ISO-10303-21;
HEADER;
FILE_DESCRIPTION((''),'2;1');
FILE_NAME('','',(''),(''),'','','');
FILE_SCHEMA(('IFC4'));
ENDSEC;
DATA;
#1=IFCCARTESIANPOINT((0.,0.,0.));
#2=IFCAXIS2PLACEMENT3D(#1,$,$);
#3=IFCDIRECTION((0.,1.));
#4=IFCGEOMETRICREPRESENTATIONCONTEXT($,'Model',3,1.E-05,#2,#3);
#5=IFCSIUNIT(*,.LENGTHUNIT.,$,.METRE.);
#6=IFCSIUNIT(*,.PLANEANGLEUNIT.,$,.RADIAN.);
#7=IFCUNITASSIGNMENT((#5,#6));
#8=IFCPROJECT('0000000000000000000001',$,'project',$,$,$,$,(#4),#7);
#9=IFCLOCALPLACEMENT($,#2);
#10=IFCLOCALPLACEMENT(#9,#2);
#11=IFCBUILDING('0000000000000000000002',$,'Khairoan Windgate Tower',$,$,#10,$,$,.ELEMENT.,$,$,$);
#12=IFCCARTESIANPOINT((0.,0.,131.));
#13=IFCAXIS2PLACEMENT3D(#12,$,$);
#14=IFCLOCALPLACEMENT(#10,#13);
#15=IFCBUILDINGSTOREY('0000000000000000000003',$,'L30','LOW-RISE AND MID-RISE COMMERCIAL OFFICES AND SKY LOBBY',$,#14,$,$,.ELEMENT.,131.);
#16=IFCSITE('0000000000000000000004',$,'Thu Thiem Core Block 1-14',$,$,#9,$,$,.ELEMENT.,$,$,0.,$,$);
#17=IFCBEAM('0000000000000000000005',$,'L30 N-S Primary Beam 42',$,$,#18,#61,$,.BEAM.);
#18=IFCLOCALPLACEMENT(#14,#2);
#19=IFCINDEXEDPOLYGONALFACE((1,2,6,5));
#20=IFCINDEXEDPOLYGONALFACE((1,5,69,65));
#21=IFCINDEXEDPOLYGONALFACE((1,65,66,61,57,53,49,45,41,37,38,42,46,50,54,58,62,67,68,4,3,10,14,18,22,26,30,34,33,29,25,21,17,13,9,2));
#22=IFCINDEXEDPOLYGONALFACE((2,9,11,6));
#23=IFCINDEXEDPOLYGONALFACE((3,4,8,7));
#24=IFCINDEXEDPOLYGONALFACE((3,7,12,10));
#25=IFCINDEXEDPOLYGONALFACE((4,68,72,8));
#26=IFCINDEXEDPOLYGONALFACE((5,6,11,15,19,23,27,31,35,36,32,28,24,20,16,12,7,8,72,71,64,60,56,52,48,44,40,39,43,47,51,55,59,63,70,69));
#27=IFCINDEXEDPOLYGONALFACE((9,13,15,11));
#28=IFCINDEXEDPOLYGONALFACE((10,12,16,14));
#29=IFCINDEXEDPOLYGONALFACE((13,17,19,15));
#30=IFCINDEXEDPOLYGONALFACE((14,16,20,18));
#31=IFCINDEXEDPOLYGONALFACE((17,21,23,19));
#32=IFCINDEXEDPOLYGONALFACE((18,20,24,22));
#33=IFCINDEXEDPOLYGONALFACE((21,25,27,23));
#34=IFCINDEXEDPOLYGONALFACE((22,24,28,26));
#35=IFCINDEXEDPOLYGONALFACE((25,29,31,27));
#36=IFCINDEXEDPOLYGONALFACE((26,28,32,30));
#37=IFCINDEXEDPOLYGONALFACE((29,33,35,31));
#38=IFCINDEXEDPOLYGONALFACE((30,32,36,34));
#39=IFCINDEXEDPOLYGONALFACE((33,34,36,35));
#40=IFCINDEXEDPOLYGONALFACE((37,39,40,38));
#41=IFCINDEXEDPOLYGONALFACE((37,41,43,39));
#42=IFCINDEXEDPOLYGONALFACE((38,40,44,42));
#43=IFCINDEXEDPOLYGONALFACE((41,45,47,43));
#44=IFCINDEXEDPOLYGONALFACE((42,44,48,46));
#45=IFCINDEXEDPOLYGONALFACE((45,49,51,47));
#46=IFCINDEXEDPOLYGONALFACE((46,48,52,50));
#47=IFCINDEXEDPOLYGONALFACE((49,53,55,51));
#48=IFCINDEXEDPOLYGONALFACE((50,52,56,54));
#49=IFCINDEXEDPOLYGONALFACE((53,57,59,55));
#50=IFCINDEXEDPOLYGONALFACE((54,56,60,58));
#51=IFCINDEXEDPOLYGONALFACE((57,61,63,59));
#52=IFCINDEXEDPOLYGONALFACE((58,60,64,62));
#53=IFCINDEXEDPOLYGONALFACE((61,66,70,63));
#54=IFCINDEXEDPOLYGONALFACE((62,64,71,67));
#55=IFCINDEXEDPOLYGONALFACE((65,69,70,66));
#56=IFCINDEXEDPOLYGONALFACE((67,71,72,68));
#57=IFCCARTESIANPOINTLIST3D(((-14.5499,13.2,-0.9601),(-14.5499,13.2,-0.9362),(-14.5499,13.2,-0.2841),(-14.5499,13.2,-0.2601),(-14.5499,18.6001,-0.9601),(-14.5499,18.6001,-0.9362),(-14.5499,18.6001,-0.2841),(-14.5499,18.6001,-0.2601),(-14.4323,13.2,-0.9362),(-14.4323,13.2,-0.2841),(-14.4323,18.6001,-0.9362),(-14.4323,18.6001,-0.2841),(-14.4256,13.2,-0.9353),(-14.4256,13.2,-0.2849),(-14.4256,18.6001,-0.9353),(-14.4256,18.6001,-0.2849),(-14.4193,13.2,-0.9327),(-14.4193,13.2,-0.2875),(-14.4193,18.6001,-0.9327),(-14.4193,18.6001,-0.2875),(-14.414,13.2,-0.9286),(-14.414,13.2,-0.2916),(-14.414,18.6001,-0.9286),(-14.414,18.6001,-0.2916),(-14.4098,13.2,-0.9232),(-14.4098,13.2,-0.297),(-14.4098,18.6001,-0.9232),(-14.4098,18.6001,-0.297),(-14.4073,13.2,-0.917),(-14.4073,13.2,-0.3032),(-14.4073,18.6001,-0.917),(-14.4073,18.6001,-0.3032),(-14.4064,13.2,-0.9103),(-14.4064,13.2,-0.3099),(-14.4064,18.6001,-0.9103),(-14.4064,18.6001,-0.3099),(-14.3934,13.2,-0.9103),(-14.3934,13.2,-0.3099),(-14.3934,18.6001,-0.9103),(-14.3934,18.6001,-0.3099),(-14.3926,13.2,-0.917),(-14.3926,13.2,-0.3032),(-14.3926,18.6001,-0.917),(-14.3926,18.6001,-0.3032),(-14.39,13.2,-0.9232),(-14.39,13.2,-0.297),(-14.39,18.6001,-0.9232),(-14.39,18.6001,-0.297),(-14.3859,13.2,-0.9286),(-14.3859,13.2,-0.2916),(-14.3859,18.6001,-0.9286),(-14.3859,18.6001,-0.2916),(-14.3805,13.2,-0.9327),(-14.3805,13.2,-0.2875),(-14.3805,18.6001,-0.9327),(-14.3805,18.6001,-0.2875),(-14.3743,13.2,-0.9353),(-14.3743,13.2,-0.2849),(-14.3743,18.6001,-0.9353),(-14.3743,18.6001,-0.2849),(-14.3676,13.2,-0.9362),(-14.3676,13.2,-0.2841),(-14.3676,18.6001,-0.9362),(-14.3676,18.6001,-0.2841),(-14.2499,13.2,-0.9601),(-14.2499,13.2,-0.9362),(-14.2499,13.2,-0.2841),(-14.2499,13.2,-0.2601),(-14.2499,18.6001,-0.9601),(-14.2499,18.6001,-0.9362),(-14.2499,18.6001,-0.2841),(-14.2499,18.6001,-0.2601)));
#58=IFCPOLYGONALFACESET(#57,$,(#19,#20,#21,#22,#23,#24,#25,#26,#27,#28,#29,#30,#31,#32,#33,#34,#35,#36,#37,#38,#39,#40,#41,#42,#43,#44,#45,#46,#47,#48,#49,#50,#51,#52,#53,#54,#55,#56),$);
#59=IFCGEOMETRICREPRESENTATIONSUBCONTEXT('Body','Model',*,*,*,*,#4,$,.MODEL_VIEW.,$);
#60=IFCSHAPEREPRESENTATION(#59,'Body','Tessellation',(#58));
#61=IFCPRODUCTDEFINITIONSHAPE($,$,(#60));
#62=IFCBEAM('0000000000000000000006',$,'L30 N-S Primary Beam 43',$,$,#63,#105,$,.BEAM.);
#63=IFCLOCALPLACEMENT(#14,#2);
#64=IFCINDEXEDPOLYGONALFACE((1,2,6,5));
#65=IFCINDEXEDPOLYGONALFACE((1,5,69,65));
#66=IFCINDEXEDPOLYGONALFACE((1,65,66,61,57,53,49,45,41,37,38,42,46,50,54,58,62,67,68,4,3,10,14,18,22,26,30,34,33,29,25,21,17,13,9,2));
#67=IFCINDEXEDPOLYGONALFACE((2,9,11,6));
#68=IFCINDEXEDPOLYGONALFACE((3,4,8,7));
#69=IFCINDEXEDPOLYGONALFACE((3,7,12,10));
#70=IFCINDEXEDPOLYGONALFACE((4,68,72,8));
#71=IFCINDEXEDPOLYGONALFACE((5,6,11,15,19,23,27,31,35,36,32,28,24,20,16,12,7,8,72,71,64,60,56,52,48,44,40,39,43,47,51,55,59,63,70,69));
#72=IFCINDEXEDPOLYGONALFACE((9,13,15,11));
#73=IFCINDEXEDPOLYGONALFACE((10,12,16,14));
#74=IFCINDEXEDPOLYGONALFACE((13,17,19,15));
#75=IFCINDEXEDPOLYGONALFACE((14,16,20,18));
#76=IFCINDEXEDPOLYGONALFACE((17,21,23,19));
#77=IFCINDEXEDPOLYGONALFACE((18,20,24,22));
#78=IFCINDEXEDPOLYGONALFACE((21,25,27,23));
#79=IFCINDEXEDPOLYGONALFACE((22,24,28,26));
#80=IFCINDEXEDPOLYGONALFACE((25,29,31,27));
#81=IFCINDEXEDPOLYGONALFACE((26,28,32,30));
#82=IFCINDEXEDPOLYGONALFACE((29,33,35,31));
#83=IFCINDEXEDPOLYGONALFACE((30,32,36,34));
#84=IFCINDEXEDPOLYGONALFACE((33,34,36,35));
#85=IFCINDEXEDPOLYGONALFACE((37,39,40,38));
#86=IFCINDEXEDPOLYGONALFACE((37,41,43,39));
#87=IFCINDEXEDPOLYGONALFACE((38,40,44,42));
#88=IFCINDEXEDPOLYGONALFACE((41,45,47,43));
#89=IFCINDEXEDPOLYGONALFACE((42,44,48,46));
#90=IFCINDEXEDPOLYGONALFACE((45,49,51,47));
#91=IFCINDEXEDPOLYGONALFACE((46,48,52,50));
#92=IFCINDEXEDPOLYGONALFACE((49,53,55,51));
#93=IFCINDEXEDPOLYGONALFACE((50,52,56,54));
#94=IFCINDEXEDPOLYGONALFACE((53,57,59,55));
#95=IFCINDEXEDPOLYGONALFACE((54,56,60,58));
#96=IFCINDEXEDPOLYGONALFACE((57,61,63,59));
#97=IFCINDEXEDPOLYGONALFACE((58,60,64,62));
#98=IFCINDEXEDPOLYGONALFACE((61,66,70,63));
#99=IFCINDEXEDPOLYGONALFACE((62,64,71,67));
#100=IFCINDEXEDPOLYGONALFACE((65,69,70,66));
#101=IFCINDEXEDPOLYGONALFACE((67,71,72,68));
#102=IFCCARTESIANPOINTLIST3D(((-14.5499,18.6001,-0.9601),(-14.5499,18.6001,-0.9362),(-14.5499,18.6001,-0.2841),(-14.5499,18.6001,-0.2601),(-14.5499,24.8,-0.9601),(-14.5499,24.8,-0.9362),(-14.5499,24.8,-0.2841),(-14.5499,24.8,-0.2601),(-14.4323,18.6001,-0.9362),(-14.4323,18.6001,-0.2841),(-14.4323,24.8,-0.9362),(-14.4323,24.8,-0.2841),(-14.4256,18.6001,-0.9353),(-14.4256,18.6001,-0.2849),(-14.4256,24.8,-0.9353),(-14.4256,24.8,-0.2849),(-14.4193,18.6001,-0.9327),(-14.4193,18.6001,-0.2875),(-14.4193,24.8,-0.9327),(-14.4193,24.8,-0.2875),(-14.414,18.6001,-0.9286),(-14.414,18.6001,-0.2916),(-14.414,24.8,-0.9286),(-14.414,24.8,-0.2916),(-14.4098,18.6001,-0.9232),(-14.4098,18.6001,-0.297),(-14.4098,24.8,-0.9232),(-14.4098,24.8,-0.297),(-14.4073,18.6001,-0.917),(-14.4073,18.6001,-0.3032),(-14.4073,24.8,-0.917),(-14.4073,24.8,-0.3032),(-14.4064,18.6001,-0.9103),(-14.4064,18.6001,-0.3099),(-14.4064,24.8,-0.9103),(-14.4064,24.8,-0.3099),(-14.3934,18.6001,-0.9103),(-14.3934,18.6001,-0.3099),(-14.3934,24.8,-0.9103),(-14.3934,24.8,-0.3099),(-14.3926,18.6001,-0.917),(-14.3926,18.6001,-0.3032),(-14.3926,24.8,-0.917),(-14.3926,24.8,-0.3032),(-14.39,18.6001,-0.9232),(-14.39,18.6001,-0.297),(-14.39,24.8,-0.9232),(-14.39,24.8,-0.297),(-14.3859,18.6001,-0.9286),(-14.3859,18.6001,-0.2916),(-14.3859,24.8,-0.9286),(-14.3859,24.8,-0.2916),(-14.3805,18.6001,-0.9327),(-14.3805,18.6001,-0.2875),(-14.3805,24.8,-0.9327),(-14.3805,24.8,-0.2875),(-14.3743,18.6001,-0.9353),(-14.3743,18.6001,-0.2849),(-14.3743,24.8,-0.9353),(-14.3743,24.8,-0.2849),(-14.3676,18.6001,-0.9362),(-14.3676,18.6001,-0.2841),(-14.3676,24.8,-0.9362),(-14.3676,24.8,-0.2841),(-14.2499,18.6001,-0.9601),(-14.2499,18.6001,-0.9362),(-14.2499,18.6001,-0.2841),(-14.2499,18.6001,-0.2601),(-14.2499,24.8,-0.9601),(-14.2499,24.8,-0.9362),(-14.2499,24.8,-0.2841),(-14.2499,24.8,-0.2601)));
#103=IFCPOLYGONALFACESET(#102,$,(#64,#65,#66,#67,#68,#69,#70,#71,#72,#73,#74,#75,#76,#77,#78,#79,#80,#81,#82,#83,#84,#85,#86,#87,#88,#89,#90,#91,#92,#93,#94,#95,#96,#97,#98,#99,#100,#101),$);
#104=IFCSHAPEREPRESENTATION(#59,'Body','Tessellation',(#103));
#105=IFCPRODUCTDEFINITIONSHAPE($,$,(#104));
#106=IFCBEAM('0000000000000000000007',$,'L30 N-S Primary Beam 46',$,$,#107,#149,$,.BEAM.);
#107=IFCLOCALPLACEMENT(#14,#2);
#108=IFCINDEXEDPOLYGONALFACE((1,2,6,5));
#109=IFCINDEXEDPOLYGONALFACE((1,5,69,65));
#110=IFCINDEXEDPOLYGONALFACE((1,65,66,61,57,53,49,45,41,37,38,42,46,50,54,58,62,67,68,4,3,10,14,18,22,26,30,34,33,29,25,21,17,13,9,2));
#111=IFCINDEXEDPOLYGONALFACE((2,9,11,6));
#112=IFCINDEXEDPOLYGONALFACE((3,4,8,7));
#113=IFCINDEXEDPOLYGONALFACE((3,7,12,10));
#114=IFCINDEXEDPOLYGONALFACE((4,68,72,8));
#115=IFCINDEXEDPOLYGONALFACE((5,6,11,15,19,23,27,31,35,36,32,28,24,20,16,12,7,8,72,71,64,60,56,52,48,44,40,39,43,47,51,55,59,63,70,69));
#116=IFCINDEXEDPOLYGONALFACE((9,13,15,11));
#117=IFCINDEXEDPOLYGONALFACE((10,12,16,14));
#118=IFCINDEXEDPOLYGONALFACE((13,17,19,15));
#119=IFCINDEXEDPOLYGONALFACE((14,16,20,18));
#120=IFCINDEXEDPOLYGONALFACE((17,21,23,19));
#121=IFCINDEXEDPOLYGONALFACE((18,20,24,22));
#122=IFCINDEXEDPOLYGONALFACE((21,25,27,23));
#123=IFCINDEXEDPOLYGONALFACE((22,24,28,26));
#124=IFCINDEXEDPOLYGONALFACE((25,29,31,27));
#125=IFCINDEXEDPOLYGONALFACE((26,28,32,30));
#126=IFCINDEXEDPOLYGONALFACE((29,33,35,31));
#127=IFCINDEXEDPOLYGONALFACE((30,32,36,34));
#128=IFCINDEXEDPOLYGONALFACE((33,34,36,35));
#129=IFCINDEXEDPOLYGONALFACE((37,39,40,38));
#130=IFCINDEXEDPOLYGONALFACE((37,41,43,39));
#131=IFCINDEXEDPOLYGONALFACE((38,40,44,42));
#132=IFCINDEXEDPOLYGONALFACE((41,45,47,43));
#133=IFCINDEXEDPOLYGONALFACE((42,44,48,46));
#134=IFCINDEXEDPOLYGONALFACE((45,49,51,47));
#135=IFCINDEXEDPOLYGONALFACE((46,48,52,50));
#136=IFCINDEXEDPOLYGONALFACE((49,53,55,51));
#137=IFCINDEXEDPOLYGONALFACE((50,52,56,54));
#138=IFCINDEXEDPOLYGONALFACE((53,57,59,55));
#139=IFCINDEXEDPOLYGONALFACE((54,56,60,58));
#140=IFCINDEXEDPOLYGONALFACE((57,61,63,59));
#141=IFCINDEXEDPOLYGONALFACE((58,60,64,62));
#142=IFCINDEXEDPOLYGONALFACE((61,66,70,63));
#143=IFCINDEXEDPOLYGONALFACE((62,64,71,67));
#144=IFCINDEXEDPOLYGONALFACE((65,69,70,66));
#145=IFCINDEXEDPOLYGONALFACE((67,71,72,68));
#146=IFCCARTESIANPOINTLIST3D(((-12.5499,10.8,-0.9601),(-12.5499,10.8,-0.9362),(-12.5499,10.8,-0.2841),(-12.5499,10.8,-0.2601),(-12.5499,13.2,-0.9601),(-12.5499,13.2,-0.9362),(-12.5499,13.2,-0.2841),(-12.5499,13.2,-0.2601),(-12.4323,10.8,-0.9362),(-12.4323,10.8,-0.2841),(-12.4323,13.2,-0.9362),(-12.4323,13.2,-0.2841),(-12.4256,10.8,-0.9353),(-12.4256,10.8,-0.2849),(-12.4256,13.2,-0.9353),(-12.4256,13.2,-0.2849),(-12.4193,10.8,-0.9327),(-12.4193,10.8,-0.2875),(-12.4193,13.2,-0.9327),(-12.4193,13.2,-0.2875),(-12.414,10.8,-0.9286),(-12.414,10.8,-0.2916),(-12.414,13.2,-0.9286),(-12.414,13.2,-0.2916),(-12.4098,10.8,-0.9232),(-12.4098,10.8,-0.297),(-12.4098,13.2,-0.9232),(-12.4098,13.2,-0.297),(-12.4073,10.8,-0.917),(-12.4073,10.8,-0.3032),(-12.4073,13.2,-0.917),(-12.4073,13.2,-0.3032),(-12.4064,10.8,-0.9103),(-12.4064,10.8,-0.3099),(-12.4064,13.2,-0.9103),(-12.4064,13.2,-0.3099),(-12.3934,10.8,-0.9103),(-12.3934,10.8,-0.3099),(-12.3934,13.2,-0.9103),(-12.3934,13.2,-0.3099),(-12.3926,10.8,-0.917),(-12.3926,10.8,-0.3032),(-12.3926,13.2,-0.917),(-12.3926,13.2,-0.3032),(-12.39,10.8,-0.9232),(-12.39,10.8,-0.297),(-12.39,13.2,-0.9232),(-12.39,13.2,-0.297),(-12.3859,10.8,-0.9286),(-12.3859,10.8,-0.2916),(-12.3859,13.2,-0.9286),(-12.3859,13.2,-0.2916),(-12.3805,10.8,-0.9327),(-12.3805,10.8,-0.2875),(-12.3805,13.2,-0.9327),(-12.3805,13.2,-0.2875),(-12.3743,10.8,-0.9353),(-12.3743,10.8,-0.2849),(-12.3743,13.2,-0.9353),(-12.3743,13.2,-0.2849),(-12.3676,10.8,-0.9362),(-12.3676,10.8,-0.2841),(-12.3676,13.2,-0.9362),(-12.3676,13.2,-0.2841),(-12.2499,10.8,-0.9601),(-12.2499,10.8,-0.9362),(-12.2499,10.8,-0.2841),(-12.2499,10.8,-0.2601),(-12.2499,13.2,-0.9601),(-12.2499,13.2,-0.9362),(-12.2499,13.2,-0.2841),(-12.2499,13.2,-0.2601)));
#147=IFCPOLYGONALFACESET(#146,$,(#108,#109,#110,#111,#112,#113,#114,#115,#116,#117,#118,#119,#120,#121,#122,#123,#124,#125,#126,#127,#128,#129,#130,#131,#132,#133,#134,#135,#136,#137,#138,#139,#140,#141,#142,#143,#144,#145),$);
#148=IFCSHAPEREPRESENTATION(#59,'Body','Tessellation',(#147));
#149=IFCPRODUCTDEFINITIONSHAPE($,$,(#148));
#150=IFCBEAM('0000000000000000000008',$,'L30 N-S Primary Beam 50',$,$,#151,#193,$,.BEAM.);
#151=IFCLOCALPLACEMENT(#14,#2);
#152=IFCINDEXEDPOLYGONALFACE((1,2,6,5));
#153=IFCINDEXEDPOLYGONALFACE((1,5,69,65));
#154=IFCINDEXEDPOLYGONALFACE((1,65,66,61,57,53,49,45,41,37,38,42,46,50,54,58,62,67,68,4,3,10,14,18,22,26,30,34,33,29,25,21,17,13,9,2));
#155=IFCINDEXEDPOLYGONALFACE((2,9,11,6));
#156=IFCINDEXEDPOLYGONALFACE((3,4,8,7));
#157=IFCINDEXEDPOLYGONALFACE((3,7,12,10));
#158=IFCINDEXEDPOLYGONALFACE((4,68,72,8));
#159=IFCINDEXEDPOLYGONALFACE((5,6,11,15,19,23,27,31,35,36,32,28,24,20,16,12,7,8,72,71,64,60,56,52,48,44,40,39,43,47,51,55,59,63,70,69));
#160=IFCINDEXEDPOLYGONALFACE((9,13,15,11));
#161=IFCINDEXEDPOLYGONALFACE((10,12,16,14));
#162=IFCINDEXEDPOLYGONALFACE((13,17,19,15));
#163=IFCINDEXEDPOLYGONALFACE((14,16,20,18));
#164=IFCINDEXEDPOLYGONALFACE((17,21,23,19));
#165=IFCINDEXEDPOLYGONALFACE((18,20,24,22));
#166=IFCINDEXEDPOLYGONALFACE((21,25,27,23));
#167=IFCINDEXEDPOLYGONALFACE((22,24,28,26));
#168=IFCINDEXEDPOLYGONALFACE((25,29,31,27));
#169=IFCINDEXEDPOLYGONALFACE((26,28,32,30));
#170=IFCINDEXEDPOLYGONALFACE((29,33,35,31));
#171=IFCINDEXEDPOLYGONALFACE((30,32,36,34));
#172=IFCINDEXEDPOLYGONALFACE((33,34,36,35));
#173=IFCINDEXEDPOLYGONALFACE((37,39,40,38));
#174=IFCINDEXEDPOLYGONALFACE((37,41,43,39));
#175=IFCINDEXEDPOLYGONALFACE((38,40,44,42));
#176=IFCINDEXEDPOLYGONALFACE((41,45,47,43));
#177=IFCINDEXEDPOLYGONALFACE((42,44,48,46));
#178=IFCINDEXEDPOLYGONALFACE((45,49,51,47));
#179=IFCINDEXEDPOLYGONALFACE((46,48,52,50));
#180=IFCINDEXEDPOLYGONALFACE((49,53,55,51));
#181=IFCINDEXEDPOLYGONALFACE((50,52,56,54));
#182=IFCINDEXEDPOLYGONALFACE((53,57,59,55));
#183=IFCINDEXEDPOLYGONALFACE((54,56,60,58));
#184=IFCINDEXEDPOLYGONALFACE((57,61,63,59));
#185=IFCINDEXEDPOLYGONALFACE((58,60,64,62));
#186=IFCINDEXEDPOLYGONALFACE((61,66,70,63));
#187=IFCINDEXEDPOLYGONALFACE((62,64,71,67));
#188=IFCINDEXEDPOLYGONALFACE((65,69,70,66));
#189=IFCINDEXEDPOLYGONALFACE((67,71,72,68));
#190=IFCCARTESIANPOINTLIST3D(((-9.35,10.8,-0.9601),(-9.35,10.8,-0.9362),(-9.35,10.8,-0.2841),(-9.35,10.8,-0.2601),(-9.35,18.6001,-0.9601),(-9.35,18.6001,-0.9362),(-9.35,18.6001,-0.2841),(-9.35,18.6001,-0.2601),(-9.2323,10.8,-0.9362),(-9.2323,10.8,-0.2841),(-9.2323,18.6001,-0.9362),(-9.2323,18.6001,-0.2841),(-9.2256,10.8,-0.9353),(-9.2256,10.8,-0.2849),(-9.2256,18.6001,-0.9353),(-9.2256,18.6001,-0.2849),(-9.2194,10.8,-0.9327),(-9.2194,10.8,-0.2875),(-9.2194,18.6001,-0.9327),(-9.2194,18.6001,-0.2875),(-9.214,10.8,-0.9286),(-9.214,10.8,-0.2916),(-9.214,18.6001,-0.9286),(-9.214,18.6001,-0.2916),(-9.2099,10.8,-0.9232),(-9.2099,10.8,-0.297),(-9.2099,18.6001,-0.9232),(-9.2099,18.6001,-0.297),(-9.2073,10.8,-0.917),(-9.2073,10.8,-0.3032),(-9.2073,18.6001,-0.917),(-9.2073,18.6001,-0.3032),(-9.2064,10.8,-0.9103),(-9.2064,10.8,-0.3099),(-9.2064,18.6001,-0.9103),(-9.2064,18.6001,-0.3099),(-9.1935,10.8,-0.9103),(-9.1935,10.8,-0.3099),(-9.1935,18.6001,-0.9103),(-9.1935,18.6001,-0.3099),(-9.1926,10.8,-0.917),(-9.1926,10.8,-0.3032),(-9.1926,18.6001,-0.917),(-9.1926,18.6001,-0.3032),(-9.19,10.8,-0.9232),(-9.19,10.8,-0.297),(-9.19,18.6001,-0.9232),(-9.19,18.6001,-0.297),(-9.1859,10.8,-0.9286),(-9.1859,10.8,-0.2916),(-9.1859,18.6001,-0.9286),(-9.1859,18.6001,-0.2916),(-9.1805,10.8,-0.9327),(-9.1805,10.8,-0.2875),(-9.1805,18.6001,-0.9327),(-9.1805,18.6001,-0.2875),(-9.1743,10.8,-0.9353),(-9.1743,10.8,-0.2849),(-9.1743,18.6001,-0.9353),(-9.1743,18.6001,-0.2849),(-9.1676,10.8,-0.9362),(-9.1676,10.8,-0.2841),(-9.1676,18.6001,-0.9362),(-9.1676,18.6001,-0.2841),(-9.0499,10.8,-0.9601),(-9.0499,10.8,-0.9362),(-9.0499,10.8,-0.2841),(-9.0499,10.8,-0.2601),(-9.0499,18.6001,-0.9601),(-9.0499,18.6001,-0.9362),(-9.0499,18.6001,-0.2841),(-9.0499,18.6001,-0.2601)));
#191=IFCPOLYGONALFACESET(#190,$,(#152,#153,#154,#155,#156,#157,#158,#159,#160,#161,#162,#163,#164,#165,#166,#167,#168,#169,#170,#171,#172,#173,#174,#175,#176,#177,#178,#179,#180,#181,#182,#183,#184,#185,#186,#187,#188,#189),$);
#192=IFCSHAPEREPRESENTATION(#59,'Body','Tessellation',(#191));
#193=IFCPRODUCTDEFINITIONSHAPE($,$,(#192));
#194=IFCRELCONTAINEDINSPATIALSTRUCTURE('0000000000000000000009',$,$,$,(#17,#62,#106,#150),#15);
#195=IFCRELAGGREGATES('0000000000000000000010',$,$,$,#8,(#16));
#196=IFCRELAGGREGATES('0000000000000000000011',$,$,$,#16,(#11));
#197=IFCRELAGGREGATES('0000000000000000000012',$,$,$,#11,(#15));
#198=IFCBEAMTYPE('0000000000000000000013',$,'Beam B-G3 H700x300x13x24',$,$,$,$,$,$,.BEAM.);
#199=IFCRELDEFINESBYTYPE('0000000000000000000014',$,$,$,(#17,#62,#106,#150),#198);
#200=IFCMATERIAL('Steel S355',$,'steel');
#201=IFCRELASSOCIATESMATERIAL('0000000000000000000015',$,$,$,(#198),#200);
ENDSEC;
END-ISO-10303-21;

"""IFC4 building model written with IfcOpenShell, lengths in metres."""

from ifc_helpers import new_model, si_unit, direction, frame, origin, origin_2d, place, context, subcontext, project, spatial, i_section, extrude, material, material_profile, profile_set, type_object, element, save


model = new_model("IFC4")

# Units and contexts
model_context = context("Model", 3, precision=1e-05, world=origin(), true_north=direction((0.0, 1.0)))
body_context = subcontext(model_context, "Body", "Model", "MODEL_VIEW")
ifc_project = project(units=[si_unit("LENGTHUNIT", "METRE"), si_unit("PLANEANGLEUNIT", "RADIAN")], contexts=[model_context])

# Site, building, storey
site_placement = place(None, origin())
site = spatial("IfcSite", under=ifc_project, at=site_placement, Name="Thu Thiem Core Block 1-14", CompositionType="ELEMENT", RefElevation=0.0)
building_placement = place(site_placement, origin())
building = spatial("IfcBuilding", under=site, at=building_placement, Name="Khairoan Windgate Tower", CompositionType="ELEMENT")
storey_placement = place(building_placement, frame((0.0, 0.0, 131.0)))
storey = spatial("IfcBuildingStorey", under=building, at=storey_placement, Name="L30", Description="LOW-RISE AND MID-RISE COMMERCIAL OFFICES AND SKY LOBBY", CompositionType="ELEMENT", Elevation=131.0)

# Beams
ifc_material_1 = material(Name="Steel S355", Category="steel")
ifc_material_profile_1 = material_profile(ifc_material_1, i_section(OverallWidth=0.3, OverallDepth=0.7, WebThickness=0.0129, FlangeThickness=0.0239, FilletRadius=0.0259, at=origin_2d()))
ifc_profile_set_1 = profile_set([ifc_material_profile_1], Name="Steel S355")
beam_type = type_object("IfcBeamType", Name="Beam B-G3 H700x300x13x24", PredefinedType="BEAM", material=ifc_profile_set_1)
beam_1_placement = place(storey_placement, frame((-14.3999, 13.2, -0.6101), z_axis=(0.0, 1.0, 0.0), x_axis=(-1.0, 0.0, 0.0)))
element("IfcBeam", 1, at=beam_1_placement, inside=storey, type_object=beam_type, Name="L30 N-S Primary Beam 42", PredefinedType="BEAM", context=body_context, shape_type="SweptSolid", body=[
    extrude(i_section(OverallWidth=0.3, OverallDepth=0.7, WebThickness=0.0129, FlangeThickness=0.0239, FilletRadius=0.0259, at=origin_2d()), origin(), (0.0, 0.0, 1.0), 5.4001),
])
beam_2_placement = place(storey_placement, frame((-14.3999, 18.6001, -0.6101), z_axis=(0.0, 1.0, 0.0), x_axis=(-1.0, 0.0, 0.0)))
element("IfcBeam", 2, at=beam_2_placement, inside=storey, type_object=beam_type, Name="L30 N-S Primary Beam 43", PredefinedType="BEAM", context=body_context, shape_type="SweptSolid", body=[
    extrude(i_section(OverallWidth=0.3, OverallDepth=0.7, WebThickness=0.0129, FlangeThickness=0.0239, FilletRadius=0.0259, at=origin_2d()), origin(), (0.0, 0.0, 1.0), 6.2),
])
beam_3_placement = place(storey_placement, frame((-12.3999, 10.8, -0.6101), z_axis=(0.0, 1.0, 0.0), x_axis=(-1.0, 0.0, 0.0)))
element("IfcBeam", 3, at=beam_3_placement, inside=storey, type_object=beam_type, Name="L30 N-S Primary Beam 46", PredefinedType="BEAM", context=body_context, shape_type="SweptSolid", body=[
    extrude(i_section(OverallWidth=0.3, OverallDepth=0.7, WebThickness=0.0129, FlangeThickness=0.0239, FilletRadius=0.0259, at=origin_2d()), origin(), (0.0, 0.0, 1.0), 2.3999),
])
beam_4_placement = place(storey_placement, frame((-9.2, 10.8, -0.6101), z_axis=(0.0, 1.0, 0.0), x_axis=(-1.0, 0.0, 0.0)))
element("IfcBeam", 4, at=beam_4_placement, inside=storey, type_object=beam_type, Name="L30 N-S Primary Beam 50", PredefinedType="BEAM", context=body_context, shape_type="SweptSolid", body=[
    extrude(i_section(OverallWidth=0.3, OverallDepth=0.7, WebThickness=0.0129, FlangeThickness=0.0239, FilletRadius=0.0259, at=origin_2d()), origin(), (0.0, 0.0, 1.0), 7.8),
])

save(model, "model.ifc")
